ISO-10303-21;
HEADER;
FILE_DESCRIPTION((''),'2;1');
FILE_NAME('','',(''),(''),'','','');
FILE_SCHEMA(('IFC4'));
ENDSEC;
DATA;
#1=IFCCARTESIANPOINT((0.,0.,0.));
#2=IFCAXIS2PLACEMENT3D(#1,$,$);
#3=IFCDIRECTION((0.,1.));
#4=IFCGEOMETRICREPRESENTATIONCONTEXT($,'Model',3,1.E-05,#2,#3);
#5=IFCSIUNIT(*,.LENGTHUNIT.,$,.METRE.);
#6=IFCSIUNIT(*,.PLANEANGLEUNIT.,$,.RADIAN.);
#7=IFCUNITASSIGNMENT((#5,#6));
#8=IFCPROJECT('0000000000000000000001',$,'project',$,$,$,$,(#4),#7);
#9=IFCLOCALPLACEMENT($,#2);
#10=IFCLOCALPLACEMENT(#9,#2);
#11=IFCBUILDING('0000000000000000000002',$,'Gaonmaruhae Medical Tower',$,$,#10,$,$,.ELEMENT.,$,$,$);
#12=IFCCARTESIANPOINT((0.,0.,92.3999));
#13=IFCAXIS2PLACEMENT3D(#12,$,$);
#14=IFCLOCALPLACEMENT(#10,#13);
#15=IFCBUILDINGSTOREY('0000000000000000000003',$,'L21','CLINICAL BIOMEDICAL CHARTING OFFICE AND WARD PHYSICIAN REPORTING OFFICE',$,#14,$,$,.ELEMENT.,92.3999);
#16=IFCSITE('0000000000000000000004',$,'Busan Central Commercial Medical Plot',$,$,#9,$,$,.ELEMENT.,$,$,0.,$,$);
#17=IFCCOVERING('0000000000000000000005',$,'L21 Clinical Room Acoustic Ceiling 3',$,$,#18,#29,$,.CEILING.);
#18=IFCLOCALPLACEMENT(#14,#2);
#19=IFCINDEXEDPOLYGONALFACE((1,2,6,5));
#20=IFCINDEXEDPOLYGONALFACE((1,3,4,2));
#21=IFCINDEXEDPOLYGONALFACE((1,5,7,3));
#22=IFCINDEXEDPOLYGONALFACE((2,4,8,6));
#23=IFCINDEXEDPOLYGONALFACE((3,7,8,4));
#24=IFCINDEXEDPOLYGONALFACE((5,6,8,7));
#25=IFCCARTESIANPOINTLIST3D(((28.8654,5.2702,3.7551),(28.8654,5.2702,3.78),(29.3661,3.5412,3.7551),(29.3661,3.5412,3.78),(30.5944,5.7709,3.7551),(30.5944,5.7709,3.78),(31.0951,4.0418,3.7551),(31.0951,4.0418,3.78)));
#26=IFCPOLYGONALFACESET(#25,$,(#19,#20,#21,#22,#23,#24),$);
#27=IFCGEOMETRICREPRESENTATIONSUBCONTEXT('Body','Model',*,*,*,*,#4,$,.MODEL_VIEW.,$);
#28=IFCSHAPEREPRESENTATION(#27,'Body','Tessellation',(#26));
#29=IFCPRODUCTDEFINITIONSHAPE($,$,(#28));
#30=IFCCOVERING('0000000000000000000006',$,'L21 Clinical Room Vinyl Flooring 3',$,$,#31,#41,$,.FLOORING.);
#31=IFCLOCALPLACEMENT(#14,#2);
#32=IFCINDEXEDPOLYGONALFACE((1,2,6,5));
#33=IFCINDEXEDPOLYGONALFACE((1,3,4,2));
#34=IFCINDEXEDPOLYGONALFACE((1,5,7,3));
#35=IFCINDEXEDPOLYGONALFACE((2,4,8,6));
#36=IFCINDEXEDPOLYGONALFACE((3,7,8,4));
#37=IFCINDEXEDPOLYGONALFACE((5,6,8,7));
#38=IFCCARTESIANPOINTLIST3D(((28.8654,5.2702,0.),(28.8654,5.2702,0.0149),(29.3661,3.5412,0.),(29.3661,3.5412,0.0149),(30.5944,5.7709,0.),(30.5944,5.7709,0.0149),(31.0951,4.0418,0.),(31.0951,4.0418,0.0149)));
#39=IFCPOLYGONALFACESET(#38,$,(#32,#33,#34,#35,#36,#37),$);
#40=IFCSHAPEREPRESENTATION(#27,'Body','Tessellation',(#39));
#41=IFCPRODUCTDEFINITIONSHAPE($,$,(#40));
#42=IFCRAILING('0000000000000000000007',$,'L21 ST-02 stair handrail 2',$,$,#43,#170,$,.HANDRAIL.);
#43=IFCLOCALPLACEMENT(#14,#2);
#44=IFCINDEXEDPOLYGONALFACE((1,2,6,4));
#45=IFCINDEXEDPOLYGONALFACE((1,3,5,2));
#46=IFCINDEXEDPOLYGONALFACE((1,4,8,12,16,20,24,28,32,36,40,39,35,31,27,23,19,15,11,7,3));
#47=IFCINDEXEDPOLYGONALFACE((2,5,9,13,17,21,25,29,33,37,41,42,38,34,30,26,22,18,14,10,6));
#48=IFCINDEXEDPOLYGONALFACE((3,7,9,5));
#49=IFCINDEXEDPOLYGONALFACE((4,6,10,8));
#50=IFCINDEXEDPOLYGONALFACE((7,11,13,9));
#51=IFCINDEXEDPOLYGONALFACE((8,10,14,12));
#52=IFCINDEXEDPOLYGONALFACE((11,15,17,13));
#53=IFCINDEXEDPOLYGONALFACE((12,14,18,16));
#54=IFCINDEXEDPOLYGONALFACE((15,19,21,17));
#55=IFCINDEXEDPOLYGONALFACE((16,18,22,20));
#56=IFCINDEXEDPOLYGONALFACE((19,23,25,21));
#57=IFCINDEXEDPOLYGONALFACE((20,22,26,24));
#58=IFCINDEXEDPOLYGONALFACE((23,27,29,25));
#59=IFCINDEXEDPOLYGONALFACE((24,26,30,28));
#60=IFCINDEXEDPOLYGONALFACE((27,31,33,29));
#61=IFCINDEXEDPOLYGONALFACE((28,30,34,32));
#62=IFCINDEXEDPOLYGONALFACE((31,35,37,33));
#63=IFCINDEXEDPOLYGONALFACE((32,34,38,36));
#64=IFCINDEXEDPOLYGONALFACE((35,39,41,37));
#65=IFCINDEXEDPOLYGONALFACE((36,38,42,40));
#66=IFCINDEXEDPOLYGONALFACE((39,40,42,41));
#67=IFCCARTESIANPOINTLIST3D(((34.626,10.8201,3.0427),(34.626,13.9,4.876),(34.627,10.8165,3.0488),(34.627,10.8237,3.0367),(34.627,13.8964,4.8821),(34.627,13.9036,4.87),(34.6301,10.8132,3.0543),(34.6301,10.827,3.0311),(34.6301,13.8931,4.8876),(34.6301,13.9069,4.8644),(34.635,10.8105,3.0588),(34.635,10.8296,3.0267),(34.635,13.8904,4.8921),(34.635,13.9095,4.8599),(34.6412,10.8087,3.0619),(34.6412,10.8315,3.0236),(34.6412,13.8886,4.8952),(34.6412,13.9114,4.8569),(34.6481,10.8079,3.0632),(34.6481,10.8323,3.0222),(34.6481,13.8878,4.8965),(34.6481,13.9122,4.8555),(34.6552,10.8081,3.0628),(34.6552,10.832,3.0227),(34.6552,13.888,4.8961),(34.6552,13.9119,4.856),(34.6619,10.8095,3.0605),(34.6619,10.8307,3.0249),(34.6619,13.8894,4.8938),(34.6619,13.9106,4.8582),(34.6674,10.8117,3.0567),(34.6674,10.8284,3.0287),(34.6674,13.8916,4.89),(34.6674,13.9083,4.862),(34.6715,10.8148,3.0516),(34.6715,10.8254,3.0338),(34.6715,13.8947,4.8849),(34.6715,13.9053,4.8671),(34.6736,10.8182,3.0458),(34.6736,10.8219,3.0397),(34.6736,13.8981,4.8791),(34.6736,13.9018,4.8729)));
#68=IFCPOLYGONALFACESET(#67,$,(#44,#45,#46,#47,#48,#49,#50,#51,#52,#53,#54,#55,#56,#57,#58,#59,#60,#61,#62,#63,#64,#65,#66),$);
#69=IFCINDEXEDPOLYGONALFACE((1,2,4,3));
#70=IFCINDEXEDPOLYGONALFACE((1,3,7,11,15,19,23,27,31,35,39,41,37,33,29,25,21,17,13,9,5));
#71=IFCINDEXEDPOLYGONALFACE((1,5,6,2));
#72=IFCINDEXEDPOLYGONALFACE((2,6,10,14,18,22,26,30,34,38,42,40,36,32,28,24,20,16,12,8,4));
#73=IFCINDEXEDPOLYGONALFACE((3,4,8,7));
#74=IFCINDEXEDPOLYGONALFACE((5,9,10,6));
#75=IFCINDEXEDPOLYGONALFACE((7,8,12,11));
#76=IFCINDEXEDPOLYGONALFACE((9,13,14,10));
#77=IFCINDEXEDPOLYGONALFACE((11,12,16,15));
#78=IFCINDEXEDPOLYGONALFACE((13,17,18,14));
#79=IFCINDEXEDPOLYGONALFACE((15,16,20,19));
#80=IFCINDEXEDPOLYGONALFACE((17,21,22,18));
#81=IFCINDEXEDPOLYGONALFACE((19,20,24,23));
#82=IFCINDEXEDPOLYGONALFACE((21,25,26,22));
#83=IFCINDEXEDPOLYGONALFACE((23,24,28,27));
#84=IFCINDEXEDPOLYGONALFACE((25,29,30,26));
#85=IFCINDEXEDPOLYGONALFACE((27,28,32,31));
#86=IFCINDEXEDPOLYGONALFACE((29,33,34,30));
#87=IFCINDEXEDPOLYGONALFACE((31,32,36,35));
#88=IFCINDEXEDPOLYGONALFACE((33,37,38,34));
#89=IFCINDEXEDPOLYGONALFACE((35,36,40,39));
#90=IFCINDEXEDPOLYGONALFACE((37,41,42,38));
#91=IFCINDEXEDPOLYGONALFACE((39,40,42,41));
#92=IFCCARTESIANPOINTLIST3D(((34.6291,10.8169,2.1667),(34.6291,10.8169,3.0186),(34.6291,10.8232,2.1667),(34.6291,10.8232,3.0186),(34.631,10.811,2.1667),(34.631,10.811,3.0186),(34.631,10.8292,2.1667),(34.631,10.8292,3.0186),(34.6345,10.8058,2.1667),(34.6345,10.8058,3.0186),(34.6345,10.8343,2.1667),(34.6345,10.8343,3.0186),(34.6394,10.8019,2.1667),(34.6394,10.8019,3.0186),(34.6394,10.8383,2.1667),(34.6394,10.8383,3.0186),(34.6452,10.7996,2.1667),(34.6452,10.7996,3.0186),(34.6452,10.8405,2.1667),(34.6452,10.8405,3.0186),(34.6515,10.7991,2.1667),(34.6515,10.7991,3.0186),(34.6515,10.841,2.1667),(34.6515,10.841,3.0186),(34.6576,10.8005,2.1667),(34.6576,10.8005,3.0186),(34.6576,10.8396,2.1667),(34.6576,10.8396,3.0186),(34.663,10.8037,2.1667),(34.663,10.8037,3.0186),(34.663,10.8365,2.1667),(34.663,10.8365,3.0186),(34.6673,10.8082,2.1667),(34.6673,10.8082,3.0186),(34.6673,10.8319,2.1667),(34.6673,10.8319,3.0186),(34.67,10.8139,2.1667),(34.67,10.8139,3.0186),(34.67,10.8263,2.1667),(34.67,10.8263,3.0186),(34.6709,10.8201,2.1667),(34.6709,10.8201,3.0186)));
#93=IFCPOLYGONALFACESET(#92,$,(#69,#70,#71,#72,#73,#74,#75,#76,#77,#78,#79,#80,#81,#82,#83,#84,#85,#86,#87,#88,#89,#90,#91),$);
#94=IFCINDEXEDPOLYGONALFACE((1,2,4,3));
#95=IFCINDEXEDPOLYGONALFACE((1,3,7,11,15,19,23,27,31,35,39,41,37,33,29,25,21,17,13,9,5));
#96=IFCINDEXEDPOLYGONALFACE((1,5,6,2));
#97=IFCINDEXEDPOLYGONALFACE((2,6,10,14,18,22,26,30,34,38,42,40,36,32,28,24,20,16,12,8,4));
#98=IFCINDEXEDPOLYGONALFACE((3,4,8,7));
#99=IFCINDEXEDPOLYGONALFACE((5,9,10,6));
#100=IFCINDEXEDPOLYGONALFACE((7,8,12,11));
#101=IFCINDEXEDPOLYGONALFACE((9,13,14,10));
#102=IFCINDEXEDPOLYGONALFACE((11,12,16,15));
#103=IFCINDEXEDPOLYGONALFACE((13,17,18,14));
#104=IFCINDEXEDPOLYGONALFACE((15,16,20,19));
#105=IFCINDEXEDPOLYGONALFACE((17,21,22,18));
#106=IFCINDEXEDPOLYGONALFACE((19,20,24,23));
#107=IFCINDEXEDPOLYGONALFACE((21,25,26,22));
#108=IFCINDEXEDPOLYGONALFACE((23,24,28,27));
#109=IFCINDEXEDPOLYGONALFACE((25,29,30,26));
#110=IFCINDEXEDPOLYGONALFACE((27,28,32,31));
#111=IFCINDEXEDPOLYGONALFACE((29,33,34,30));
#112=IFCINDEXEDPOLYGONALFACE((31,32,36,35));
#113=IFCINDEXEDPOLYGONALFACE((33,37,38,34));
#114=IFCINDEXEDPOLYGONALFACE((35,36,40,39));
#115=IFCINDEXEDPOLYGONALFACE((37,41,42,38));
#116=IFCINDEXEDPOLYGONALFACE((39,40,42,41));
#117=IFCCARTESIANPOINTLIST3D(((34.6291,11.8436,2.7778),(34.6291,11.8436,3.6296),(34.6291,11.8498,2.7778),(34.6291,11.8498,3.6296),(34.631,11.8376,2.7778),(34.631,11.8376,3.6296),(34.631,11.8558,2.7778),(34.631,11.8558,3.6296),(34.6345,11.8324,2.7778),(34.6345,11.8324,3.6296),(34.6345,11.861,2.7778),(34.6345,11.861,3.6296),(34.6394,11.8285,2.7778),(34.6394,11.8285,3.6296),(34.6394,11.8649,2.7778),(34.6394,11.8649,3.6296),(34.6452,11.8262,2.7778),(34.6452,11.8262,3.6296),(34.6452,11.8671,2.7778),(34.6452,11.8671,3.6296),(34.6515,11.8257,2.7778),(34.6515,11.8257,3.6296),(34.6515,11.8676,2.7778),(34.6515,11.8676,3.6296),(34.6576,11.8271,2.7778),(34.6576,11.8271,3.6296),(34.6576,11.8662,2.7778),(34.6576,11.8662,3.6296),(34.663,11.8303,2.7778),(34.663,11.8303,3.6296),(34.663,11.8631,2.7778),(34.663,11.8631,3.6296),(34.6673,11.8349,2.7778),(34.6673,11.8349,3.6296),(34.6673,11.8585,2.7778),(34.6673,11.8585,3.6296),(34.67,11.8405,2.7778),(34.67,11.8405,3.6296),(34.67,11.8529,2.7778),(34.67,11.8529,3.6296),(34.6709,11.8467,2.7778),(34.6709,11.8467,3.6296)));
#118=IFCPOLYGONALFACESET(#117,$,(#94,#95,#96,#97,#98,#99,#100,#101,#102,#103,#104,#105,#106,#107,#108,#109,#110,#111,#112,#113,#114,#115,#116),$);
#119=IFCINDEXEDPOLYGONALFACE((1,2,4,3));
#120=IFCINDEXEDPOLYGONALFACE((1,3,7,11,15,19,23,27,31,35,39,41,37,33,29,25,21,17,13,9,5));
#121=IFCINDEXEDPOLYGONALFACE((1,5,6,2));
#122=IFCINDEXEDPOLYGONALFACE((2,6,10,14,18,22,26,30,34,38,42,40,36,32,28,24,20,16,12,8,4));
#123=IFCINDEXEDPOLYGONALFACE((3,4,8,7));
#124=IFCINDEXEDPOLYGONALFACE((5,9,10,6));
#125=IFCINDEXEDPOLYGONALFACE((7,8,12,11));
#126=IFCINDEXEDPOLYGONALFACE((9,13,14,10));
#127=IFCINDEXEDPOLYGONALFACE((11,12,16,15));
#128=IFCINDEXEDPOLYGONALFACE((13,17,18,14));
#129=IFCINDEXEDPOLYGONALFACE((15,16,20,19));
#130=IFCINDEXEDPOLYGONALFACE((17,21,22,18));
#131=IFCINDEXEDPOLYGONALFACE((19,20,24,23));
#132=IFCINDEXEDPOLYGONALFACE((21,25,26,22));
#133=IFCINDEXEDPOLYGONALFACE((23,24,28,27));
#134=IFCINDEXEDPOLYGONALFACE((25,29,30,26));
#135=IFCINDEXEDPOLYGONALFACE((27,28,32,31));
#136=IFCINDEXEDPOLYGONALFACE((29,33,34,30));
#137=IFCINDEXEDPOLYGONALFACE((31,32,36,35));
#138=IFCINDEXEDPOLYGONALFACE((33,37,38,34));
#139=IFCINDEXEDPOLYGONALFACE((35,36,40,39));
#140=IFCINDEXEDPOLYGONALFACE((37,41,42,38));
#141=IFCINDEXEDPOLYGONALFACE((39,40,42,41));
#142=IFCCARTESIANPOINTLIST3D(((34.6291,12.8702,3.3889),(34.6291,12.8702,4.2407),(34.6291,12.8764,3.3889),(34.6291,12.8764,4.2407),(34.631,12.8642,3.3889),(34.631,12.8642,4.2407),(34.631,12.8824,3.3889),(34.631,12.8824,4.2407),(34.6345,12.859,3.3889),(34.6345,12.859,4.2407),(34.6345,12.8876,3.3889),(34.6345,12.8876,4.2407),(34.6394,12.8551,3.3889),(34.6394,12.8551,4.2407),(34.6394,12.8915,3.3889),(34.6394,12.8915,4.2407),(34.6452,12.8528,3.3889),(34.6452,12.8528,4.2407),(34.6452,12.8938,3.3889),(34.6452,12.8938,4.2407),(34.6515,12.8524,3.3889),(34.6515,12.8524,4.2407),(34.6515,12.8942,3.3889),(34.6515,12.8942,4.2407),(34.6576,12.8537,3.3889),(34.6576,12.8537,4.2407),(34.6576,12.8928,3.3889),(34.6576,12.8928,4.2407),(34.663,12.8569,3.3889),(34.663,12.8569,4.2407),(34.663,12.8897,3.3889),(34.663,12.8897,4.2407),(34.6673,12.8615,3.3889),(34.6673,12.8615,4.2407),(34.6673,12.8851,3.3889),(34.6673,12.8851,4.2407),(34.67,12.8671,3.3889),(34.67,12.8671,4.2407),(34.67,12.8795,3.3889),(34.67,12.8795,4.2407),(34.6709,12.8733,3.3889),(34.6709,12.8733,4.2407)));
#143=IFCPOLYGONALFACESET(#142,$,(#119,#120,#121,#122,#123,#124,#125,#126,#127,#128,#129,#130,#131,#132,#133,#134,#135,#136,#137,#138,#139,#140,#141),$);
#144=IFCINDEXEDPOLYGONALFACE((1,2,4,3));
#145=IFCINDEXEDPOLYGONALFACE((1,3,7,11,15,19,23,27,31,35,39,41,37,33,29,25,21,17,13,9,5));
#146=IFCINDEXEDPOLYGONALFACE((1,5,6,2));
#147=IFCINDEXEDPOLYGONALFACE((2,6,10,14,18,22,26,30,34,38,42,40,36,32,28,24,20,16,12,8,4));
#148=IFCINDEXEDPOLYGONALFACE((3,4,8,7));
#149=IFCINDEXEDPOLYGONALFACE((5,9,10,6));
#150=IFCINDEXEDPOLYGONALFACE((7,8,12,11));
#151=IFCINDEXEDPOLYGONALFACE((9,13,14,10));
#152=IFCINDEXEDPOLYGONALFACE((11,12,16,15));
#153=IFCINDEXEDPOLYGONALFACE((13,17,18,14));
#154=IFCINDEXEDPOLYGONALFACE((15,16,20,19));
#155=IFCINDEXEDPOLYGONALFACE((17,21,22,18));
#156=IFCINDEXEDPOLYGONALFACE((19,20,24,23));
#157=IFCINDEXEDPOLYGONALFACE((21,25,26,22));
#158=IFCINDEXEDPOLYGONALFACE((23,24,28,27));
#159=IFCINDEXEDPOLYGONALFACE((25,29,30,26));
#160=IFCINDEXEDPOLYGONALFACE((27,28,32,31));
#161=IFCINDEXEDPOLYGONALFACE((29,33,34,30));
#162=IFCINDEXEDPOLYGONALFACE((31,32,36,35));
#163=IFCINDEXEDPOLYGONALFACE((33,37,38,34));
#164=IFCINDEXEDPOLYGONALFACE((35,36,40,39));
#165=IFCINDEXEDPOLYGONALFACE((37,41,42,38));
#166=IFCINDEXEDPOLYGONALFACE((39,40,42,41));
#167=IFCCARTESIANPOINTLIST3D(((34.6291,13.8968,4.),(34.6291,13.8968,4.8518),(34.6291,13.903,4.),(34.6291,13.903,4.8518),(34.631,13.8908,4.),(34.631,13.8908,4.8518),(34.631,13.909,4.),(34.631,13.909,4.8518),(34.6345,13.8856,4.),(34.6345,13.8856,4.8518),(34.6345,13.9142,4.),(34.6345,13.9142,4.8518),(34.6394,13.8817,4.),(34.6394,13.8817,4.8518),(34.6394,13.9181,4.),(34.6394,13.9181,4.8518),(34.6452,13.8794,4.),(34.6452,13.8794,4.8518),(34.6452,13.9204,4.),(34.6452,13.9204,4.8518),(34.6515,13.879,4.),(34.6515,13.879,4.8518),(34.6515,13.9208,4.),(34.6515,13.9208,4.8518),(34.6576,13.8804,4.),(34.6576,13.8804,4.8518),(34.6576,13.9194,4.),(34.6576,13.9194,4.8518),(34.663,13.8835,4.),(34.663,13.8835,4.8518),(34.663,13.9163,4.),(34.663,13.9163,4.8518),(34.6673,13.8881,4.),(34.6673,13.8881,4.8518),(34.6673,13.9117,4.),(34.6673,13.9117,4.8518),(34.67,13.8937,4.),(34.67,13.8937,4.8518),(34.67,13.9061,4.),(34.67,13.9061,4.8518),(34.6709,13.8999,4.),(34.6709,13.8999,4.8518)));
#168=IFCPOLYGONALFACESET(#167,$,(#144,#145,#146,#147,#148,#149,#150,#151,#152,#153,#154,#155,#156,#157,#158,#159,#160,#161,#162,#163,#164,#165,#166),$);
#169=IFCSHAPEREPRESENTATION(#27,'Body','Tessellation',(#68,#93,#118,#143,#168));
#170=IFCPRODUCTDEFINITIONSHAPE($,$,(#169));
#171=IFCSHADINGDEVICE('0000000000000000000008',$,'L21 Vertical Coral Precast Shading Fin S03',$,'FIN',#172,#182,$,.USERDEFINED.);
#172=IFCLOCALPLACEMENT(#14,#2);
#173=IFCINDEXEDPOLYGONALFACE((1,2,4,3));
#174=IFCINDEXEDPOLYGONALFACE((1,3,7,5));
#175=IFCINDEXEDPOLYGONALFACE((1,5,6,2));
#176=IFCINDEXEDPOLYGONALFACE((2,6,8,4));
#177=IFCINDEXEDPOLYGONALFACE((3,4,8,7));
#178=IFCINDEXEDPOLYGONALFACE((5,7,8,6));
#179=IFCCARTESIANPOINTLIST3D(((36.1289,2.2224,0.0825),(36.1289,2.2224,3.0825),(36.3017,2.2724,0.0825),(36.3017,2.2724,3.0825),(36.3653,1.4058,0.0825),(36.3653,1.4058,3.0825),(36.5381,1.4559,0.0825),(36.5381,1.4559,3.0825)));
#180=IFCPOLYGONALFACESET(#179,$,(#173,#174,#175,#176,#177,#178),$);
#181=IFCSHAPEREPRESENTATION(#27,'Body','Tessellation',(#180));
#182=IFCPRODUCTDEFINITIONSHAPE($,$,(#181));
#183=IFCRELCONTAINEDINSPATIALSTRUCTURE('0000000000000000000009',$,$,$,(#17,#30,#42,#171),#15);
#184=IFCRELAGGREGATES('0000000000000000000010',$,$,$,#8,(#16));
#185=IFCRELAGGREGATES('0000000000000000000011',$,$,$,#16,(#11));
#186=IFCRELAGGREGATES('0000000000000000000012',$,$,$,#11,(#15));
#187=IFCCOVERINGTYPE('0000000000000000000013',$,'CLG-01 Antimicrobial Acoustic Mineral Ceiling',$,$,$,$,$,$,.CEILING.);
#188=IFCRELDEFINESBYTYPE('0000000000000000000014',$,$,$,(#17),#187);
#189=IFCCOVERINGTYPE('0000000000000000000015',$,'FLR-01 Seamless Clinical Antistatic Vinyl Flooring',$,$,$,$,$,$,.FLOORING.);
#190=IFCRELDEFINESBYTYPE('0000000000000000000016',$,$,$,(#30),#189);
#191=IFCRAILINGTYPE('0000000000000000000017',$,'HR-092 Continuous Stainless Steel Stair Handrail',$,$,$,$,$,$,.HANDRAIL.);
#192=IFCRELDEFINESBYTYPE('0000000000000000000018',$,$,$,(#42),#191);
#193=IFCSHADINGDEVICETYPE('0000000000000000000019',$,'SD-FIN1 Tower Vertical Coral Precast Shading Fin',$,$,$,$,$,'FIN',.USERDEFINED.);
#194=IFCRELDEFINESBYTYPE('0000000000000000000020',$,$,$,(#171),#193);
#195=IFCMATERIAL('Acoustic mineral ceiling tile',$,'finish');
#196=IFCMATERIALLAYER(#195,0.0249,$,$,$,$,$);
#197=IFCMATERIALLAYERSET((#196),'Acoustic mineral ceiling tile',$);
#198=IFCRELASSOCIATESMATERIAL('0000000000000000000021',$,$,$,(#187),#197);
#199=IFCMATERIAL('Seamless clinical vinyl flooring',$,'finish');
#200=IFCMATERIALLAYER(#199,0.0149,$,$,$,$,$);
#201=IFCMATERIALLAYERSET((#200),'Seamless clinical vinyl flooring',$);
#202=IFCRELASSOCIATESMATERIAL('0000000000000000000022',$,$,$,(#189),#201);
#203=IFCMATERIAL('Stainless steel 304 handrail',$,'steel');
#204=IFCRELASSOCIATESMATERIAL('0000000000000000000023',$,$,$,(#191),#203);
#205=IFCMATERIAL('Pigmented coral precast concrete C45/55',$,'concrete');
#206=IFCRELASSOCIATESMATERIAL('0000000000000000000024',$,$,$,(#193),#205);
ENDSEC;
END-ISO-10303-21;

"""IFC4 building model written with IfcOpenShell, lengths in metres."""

from ifc_helpers import new_model, si_unit, direction, frame, origin, origin_2d, place, context, subcontext, project, spatial, rectangle, circle, extrude, material, layer, layer_set, type_object, element, save


model = new_model("IFC4")

# Units and contexts
model_context = context("Model", 3, precision=1e-05, world=origin(), true_north=direction((0.0, 1.0)))
body_context = subcontext(model_context, "Body", "Model", "MODEL_VIEW")
ifc_project = project(units=[si_unit("LENGTHUNIT", "METRE"), si_unit("PLANEANGLEUNIT", "RADIAN")], contexts=[model_context])

# Site, building, storey
site_placement = place(None, origin())
site = spatial("IfcSite", under=ifc_project, at=site_placement, Name="Busan Central Commercial Medical Plot", CompositionType="ELEMENT", RefElevation=0.0)
building_placement = place(site_placement, origin())
building = spatial("IfcBuilding", under=site, at=building_placement, Name="Gaonmaruhae Medical Tower", CompositionType="ELEMENT")
storey_placement = place(building_placement, frame((0.0, 0.0, 92.3999)))
storey = spatial("IfcBuildingStorey", under=building, at=storey_placement, Name="L21", Description="CLINICAL BIOMEDICAL CHARTING OFFICE AND WARD PHYSICIAN REPORTING OFFICE", CompositionType="ELEMENT", Elevation=92.3999)

# Coverings
ifc_material_1 = material(Name="Acoustic mineral ceiling tile", Category="finish")
ifc_layer_1 = layer(ifc_material_1, 0.0249)
ifc_layer_set_1 = layer_set([ifc_layer_1], Name="Acoustic mineral ceiling tile")
covering_type_1 = type_object("IfcCoveringType", Name="CLG-01 Antimicrobial Acoustic Mineral Ceiling", PredefinedType="CEILING", material=ifc_layer_set_1)
covering_1_placement = place(storey_placement, frame((29.9802, 4.656, 3.7551), z_axis=(0.0, 0.0, 1.0), x_axis=(0.960537, 0.278153, 0.0)))
element("IfcCovering", 1, at=covering_1_placement, inside=storey, type_object=covering_type_1, Name="L21 Clinical Room Acoustic Ceiling 3", PredefinedType="CEILING", context=body_context, shape_type="SweptSolid", body=[
    extrude(rectangle(XDim=1.8, YDim=1.8, at=origin_2d()), origin(), (0.0, 0.0, 1.0), 0.0249),
])
ifc_material_2 = material(Name="Seamless clinical vinyl flooring", Category="finish")
ifc_layer_2 = layer(ifc_material_2, 0.0149)
ifc_layer_set_2 = layer_set([ifc_layer_2], Name="Seamless clinical vinyl flooring")
covering_type_2 = type_object("IfcCoveringType", Name="FLR-01 Seamless Clinical Antistatic Vinyl Flooring", PredefinedType="FLOORING", material=ifc_layer_set_2)
covering_2_placement = place(storey_placement, frame((29.9802, 4.656, 0.0), z_axis=(0.0, 0.0, 1.0), x_axis=(0.960537, 0.278153, 0.0)))
element("IfcCovering", 2, at=covering_2_placement, inside=storey, type_object=covering_type_2, Name="L21 Clinical Room Vinyl Flooring 3", PredefinedType="FLOORING", context=body_context, shape_type="SweptSolid", body=[
    extrude(rectangle(XDim=1.8, YDim=1.8, at=origin_2d()), origin(), (0.0, 0.0, 1.0), 0.0149),
])

# Railing
ifc_material_3 = material(Name="Stainless steel 304 handrail", Category="steel")
railing_type_1 = type_object("IfcRailingType", Name="HR-092 Continuous Stainless Steel Stair Handrail", PredefinedType="HANDRAIL", material=ifc_material_3)
railing_1_placement = place(storey_placement, frame((34.6499, 10.8201, 2.1667)))
element("IfcRailing", 3, at=railing_1_placement, inside=storey, type_object=railing_type_1, Name="L21 ST-02 stair handrail 2", PredefinedType="HANDRAIL", context=body_context, shape_type="SweptSolid", body=[
    extrude(circle(Radius=0.0239, at=origin_2d()), frame((0.0, 0.0, 0.876), z_axis=(0.0, 0.859291, 0.511487), x_axis=(-1.0, 0.0, 0.0)), (0.0, 0.0, 1.0), 3.5842),
    extrude(circle(Radius=0.021, at=origin_2d()), origin(), (0.0, 0.0, 1.0), 0.8518),
    extrude(circle(Radius=0.021, at=origin_2d()), frame((0.0, 1.0266, 0.6111)), (0.0, 0.0, 1.0), 0.8518),
    extrude(circle(Radius=0.021, at=origin_2d()), frame((0.0, 2.0532, 1.2222)), (0.0, 0.0, 1.0), 0.8518),
    extrude(circle(Radius=0.021, at=origin_2d()), frame((0.0, 3.0798, 1.8333)), (0.0, 0.0, 1.0), 0.8518),
])

# Shading device
ifc_material_4 = material(Name="Pigmented coral precast concrete C45/55", Category="concrete")
shading_device_type = type_object("IfcShadingDeviceType", Name="SD-FIN1 Tower Vertical Coral Precast Shading Fin", ElementType="FIN", PredefinedType="USERDEFINED", material=ifc_material_4)
shading_device_placement = place(storey_placement, frame((36.3335, 1.8391, 0.0825), z_axis=(0.0, 0.0, 1.0), x_axis=(-0.960537, -0.278153, 0.0)))
element("IfcShadingDevice", 4, at=shading_device_placement, inside=storey, type_object=shading_device_type, Name="L21 Vertical Coral Precast Shading Fin S03", ObjectType="FIN", PredefinedType="USERDEFINED", context=body_context, shape_type="SweptSolid", body=[
    extrude(rectangle(XDim=0.1799, YDim=0.8501, at=origin_2d()), origin(), (0.0, 0.0, 1.0), 3.0),
])

save(model, "model.ifc")
